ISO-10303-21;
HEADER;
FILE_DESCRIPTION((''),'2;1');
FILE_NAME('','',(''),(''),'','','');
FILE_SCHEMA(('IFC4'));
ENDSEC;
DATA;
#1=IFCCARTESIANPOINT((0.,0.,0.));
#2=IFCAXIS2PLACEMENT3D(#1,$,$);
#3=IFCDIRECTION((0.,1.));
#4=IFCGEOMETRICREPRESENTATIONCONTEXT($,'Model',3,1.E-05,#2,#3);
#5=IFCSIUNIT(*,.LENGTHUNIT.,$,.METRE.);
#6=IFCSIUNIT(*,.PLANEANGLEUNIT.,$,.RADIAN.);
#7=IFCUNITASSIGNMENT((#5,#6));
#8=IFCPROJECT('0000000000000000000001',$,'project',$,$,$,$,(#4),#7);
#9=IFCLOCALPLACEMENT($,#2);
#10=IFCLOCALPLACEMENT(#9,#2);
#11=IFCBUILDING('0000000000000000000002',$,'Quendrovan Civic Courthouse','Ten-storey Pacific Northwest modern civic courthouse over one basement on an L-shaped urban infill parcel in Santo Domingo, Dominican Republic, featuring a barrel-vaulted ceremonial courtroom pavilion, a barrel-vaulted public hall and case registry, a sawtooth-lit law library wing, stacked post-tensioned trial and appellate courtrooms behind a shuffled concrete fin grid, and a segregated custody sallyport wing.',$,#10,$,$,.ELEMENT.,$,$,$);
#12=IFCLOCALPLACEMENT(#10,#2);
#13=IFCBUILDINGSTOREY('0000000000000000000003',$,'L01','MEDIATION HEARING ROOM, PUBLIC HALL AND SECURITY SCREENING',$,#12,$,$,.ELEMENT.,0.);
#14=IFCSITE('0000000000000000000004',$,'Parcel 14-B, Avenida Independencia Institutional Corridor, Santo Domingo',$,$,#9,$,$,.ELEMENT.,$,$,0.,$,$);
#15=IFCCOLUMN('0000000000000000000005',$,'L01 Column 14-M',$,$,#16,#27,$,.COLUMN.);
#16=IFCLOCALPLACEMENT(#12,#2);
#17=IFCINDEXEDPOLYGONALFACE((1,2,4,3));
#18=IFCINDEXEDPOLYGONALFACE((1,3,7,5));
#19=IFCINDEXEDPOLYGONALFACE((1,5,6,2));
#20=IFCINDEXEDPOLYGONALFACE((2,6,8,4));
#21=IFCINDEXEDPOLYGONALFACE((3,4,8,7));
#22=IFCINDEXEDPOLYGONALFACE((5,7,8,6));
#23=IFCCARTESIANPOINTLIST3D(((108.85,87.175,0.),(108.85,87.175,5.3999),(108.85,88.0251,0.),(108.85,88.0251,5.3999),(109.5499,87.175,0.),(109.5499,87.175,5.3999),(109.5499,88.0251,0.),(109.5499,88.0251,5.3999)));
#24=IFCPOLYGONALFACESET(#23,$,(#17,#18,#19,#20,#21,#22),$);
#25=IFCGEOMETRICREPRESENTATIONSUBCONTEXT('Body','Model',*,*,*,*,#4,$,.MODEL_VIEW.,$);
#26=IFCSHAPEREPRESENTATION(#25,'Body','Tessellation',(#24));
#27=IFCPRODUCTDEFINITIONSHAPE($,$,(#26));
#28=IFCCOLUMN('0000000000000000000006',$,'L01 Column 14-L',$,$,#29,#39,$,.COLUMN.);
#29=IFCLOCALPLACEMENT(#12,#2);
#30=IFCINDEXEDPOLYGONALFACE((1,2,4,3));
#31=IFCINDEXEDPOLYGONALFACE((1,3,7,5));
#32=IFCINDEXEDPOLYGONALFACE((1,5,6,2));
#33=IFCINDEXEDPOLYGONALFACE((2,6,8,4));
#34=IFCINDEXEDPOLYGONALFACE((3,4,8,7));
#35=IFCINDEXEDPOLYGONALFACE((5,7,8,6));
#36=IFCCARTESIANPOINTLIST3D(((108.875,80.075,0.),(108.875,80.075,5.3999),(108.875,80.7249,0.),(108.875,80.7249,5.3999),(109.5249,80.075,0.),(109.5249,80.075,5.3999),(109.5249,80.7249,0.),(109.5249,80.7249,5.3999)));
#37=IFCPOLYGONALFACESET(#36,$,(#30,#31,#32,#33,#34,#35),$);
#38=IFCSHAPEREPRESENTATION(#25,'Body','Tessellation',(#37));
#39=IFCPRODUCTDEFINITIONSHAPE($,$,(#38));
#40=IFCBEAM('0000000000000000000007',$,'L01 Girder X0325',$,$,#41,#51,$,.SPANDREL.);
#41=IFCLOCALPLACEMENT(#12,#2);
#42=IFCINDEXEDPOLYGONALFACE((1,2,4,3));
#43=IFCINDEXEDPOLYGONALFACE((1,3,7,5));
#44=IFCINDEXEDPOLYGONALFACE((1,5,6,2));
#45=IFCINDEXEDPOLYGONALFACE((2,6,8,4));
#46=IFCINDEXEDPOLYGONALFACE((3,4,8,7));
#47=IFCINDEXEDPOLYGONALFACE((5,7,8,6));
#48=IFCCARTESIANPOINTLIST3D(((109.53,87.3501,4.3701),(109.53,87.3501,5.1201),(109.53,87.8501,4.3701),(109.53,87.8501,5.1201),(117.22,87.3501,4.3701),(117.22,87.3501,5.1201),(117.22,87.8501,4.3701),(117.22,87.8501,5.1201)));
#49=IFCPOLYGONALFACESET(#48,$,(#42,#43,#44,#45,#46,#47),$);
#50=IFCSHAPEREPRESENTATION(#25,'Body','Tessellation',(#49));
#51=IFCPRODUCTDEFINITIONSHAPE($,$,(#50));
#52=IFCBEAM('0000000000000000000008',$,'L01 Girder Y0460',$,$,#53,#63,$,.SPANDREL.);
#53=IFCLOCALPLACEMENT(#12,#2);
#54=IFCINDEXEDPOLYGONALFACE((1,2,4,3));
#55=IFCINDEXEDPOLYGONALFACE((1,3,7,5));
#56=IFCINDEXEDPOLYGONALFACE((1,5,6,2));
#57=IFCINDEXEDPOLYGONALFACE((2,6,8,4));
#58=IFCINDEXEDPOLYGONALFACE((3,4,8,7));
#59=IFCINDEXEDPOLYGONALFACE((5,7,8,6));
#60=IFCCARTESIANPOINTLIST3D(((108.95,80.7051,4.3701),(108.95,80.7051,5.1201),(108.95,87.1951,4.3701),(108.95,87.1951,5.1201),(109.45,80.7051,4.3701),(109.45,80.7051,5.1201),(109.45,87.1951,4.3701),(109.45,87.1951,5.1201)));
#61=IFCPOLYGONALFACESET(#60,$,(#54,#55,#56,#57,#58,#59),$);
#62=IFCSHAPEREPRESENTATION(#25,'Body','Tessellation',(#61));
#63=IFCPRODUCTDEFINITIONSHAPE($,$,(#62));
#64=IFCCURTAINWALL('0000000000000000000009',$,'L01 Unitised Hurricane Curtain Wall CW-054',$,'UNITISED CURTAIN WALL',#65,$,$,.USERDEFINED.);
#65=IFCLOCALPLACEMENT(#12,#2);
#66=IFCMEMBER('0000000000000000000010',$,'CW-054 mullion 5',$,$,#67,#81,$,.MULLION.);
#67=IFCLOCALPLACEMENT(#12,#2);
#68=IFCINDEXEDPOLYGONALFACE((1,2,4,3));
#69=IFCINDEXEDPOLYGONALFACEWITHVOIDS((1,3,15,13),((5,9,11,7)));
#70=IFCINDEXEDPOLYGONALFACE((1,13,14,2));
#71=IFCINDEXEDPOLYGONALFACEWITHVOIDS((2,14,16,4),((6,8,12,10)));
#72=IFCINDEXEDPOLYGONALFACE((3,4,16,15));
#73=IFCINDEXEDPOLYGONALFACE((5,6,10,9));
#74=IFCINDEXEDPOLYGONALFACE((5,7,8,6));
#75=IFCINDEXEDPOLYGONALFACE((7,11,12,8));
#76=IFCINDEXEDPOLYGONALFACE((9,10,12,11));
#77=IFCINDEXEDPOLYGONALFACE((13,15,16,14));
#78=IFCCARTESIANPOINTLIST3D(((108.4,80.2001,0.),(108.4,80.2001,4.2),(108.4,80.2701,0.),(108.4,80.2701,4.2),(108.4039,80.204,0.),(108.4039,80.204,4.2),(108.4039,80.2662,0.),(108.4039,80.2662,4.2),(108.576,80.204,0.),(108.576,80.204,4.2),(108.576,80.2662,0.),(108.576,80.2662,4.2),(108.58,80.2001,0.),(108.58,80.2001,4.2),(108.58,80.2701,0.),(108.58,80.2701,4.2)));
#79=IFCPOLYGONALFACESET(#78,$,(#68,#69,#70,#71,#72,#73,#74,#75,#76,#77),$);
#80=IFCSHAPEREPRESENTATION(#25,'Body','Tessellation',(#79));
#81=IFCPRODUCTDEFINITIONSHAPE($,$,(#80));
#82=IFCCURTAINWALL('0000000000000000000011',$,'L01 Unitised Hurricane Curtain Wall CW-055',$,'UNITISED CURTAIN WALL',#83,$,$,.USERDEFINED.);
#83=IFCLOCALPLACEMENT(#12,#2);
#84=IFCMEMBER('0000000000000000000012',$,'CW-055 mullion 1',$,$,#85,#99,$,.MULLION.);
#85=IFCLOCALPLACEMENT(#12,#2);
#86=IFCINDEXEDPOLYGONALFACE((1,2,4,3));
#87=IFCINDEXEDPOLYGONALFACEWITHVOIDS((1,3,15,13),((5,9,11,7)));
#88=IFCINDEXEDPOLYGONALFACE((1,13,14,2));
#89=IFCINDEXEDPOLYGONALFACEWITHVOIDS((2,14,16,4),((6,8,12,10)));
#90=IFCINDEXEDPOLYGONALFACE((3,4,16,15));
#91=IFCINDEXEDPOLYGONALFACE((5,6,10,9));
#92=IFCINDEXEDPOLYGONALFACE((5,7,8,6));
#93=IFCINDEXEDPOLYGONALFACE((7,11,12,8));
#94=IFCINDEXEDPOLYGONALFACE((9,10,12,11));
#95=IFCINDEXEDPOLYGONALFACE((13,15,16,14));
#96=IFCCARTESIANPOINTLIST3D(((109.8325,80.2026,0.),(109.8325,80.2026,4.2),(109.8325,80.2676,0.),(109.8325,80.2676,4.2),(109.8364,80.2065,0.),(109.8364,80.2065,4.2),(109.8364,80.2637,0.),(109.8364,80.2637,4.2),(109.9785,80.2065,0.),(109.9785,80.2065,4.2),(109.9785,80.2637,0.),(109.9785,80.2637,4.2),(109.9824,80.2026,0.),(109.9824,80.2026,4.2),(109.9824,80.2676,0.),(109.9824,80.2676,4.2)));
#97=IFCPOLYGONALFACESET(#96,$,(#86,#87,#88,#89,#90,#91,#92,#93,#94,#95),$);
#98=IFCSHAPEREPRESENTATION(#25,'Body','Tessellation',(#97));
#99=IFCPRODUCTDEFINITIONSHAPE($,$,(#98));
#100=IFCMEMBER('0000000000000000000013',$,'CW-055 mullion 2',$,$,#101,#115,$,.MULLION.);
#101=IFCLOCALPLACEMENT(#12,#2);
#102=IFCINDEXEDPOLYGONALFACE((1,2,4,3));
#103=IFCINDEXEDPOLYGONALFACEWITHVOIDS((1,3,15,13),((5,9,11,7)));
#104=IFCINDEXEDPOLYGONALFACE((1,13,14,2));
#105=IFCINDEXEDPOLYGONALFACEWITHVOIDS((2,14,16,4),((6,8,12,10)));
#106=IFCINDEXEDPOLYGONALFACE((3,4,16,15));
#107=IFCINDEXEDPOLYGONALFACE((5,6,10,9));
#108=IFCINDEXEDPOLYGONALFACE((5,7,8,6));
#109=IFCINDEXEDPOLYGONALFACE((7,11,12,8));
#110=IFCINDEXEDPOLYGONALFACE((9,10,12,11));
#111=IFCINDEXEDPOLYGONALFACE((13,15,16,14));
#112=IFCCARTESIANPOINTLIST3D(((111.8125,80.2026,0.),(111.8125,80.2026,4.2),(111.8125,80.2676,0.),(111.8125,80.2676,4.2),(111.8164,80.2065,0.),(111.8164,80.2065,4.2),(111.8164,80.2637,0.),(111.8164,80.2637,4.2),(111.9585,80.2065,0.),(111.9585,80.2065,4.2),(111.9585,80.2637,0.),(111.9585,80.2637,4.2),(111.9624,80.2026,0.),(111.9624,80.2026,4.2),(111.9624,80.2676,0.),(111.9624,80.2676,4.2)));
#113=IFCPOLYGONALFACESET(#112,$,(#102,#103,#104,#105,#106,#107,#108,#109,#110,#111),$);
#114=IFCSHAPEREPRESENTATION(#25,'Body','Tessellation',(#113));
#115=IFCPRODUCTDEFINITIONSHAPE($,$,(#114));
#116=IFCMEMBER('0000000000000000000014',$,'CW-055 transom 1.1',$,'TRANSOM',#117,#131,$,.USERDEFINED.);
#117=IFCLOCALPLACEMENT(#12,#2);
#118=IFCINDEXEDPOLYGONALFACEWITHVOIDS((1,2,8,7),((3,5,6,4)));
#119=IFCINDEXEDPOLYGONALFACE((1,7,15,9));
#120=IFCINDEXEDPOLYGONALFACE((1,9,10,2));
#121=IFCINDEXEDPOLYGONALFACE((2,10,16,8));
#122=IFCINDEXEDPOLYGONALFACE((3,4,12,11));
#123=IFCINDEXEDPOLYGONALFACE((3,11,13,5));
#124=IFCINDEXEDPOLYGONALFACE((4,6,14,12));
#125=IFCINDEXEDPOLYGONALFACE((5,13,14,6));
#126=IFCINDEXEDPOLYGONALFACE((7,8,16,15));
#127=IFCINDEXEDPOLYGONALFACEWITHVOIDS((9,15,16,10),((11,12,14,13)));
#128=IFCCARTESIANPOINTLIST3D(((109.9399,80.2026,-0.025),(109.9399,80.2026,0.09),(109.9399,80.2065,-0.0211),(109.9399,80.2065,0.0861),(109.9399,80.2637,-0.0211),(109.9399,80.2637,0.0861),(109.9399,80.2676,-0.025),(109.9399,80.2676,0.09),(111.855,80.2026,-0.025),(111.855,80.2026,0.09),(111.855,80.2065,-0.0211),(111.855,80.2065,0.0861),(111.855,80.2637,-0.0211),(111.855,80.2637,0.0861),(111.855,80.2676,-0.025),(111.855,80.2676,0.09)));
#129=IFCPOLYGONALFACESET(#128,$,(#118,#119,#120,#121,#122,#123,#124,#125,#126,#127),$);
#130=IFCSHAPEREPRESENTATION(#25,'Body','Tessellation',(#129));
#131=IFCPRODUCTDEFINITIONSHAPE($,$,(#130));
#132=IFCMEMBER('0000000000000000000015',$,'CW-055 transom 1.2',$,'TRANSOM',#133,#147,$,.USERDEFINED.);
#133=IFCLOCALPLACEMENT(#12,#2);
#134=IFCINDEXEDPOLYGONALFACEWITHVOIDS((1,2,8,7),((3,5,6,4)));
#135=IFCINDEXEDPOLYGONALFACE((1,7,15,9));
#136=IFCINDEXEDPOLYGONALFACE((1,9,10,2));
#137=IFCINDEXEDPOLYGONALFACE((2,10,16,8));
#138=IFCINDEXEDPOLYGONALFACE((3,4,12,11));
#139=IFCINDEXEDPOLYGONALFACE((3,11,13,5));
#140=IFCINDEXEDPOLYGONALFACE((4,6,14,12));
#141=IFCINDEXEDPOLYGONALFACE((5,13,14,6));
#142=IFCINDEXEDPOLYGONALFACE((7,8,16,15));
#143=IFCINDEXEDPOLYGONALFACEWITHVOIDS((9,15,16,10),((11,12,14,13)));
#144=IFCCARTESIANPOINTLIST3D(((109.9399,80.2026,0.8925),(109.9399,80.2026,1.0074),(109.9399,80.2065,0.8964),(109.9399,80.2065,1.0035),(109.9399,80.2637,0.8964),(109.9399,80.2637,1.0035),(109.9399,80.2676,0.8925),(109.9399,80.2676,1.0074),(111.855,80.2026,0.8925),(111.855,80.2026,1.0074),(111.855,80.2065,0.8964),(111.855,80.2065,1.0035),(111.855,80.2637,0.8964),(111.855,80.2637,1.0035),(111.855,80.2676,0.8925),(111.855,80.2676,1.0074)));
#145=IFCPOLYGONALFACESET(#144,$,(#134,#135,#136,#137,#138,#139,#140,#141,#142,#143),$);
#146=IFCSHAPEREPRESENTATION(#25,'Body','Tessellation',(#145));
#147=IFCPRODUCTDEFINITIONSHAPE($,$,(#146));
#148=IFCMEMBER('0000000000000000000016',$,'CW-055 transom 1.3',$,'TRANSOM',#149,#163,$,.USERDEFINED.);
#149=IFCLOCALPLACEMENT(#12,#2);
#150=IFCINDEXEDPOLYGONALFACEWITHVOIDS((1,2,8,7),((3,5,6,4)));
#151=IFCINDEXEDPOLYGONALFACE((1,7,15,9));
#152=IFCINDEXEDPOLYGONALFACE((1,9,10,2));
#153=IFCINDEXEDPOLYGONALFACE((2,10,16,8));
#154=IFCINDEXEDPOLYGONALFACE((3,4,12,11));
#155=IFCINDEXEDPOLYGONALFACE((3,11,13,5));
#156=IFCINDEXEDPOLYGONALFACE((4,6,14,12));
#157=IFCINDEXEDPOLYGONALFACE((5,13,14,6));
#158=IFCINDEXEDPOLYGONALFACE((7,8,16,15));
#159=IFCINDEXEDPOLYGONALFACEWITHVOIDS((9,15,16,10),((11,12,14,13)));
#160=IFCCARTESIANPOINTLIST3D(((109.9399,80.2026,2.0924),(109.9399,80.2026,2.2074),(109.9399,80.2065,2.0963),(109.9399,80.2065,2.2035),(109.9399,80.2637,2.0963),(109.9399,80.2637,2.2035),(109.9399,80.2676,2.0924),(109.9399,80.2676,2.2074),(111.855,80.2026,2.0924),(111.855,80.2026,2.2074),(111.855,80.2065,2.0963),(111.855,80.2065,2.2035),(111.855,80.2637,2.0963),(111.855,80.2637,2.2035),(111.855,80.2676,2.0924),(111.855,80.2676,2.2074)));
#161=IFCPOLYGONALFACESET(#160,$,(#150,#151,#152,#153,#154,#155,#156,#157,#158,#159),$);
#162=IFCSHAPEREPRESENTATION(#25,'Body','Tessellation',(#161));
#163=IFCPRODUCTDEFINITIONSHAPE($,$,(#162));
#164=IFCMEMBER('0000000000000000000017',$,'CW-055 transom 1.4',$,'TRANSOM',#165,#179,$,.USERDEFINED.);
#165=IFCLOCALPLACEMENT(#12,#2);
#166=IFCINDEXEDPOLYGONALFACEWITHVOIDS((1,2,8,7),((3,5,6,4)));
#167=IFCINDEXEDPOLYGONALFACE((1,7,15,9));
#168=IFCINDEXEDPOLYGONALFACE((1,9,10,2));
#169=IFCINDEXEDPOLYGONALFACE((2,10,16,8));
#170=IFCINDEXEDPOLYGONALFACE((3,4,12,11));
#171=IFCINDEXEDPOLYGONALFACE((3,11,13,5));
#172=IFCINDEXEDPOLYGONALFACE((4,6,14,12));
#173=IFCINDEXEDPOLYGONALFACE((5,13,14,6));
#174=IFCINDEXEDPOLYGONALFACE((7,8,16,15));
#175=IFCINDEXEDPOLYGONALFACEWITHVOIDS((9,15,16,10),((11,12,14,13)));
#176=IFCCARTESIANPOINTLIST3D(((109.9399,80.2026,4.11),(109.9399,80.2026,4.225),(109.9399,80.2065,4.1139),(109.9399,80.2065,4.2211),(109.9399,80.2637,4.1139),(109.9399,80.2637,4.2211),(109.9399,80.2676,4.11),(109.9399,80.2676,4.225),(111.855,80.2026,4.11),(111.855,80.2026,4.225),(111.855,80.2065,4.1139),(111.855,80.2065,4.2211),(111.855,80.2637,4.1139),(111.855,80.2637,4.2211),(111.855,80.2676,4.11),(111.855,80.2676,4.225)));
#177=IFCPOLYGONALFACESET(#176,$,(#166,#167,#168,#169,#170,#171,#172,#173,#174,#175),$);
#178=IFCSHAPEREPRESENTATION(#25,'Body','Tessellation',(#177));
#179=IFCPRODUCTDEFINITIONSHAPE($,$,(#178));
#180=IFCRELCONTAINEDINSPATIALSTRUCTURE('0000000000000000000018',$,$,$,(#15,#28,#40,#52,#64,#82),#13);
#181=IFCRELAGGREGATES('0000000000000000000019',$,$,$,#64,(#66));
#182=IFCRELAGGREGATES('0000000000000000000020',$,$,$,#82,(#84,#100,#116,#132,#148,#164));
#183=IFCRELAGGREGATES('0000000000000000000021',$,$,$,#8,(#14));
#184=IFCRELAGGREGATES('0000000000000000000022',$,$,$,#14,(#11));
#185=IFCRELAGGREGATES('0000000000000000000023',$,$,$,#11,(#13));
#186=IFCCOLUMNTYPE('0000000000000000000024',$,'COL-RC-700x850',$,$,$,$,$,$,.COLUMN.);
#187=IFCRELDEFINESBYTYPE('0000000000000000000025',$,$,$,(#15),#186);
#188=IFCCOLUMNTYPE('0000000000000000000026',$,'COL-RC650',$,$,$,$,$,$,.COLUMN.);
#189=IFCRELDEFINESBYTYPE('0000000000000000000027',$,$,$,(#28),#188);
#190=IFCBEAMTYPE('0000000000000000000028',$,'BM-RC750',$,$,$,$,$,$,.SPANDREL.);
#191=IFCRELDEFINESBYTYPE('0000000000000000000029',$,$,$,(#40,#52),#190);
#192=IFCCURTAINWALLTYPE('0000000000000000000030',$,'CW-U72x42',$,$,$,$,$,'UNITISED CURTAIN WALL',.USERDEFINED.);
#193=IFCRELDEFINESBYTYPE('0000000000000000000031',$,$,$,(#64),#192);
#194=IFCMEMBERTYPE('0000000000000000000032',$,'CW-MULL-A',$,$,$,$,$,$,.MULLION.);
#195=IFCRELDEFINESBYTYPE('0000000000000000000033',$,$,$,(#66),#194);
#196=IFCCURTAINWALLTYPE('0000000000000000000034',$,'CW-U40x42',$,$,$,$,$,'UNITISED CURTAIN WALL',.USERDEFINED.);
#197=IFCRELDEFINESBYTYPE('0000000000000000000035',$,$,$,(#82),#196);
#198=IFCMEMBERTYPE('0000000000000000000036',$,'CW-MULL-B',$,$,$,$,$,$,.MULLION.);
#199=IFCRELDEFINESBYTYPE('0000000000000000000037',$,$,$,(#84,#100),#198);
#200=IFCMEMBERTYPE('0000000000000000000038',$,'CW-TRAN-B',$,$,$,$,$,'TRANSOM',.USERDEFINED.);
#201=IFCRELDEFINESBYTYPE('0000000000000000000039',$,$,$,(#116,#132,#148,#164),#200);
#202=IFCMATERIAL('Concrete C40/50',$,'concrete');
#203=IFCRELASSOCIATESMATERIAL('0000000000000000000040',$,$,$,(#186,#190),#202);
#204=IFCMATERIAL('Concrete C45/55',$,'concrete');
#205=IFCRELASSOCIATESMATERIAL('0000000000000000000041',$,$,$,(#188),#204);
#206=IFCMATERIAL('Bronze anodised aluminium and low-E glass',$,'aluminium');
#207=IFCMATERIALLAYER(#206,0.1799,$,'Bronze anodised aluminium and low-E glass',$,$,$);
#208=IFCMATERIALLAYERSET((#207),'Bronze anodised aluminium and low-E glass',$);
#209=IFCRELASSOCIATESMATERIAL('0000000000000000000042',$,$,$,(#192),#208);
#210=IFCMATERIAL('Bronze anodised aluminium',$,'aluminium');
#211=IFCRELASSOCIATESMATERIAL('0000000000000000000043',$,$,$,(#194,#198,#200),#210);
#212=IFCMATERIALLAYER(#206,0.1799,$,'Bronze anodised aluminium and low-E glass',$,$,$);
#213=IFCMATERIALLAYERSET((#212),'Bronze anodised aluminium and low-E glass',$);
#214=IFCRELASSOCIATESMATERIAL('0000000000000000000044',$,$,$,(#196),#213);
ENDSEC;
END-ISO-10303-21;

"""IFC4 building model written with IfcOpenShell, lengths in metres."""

from ifc_helpers import new_model, si_unit, direction, frame, origin, origin_2d, place, context, subcontext, project, spatial, rectangle, hollow_rectangle, extrude, material, layer, layer_set, material_profile, profile_set, type_object, element, aggregate, save


model = new_model("IFC4")

# Units and contexts
model_context = context("Model", 3, precision=1e-05, world=origin(), true_north=direction((0.0, 1.0)))
body_context = subcontext(model_context, "Body", "Model", "MODEL_VIEW")
ifc_project = project(units=[si_unit("LENGTHUNIT", "METRE"), si_unit("PLANEANGLEUNIT", "RADIAN")], contexts=[model_context])

# Site, building, storey
site_placement = place(None, origin())
site = spatial("IfcSite", under=ifc_project, at=site_placement, Name="Parcel 14-B, Avenida Independencia Institutional Corridor, Santo Domingo", CompositionType="ELEMENT", RefElevation=0.0)
building_placement = place(site_placement, origin())
building = spatial("IfcBuilding", under=site, at=building_placement, Name="Quendrovan Civic Courthouse", Description="Ten-storey Pacific Northwest modern civic courthouse over one basement on an L-shaped urban infill parcel in Santo Domingo, Dominican Republic, featuring a barrel-vaulted ceremonial courtroom pavilion, a barrel-vaulted public hall and case registry, a sawtooth-lit law library wing, stacked post-tensioned trial and appellate courtrooms behind a shuffled concrete fin grid, and a segregated custody sallyport wing.", CompositionType="ELEMENT")
storey_placement = place(building_placement, origin())
storey = spatial("IfcBuildingStorey", under=building, at=storey_placement, Name="L01", Description="MEDIATION HEARING ROOM, PUBLIC HALL AND SECURITY SCREENING", CompositionType="ELEMENT", Elevation=0.0)

# Columns
ifc_material_1 = material(Name="Concrete C40/50", Category="concrete")
ifc_material_profile_1 = material_profile(ifc_material_1, rectangle(XDim=0.7, YDim=0.8501, at=origin_2d()), Name="RC-COL-700x850")
ifc_profile_set_1 = profile_set([ifc_material_profile_1], Name="Concrete C40/50")
column_type_1 = type_object("IfcColumnType", Name="COL-RC-700x850", PredefinedType="COLUMN", material=ifc_profile_set_1)
column_1_placement = place(storey_placement, frame((109.2, 87.6001, 0.0), z_axis=(0.0, 0.0, 1.0), x_axis=(1.0, 0.0, 0.0)))
element("IfcColumn", 1, at=column_1_placement, inside=storey, type_object=column_type_1, Name="L01 Column 14-M", PredefinedType="COLUMN", context=body_context, shape_type="SweptSolid", body=[
    extrude(rectangle(XDim=0.7, YDim=0.8501, at=origin_2d()), origin(), (0.0, 0.0, 1.0), 5.3999),
])
ifc_material_2 = material(Name="Concrete C45/55", Category="concrete")
ifc_material_profile_2 = material_profile(ifc_material_2, rectangle(XDim=0.6499, YDim=0.6499, at=origin_2d()), Name="RC-COL-650x650")
ifc_profile_set_2 = profile_set([ifc_material_profile_2], Name="Concrete C45/55")
column_type_2 = type_object("IfcColumnType", Name="COL-RC650", PredefinedType="COLUMN", material=ifc_profile_set_2)
column_2_placement = place(storey_placement, frame((109.2, 80.3999, 0.0), z_axis=(0.0, 0.0, 1.0), x_axis=(1.0, 0.0, 0.0)))
element("IfcColumn", 2, at=column_2_placement, inside=storey, type_object=column_type_2, Name="L01 Column 14-L", PredefinedType="COLUMN", context=body_context, shape_type="SweptSolid", body=[
    extrude(rectangle(XDim=0.6499, YDim=0.6499, at=origin_2d()), origin(), (0.0, 0.0, 1.0), 5.3999),
])

# Beams
ifc_material_profile_3 = material_profile(ifc_material_1, rectangle(XDim=0.5, YDim=0.75, at=origin_2d()), Name="RC-BM-500x750")
ifc_profile_set_3 = profile_set([ifc_material_profile_3], Name="Concrete C40/50")
beam_type = type_object("IfcBeamType", Name="BM-RC750", PredefinedType="SPANDREL", material=ifc_profile_set_3)
beam_1_placement = place(storey_placement, frame((109.53, 87.6001, 4.7451), z_axis=(1.0, 0.0, 0.0), x_axis=(0.0, 1.0, 0.0)))
element("IfcBeam", 3, at=beam_1_placement, inside=storey, type_object=beam_type, Name="L01 Girder X0325", PredefinedType="SPANDREL", context=body_context, shape_type="SweptSolid", body=[
    extrude(rectangle(XDim=0.5, YDim=0.75, at=origin_2d()), origin(), (0.0, 0.0, 1.0), 7.6899),
])
beam_2_placement = place(storey_placement, frame((109.2, 80.7051, 4.7451), z_axis=(0.0, 1.0, 0.0), x_axis=(-1.0, 0.0, 0.0)))
element("IfcBeam", 4, at=beam_2_placement, inside=storey, type_object=beam_type, Name="L01 Girder Y0460", PredefinedType="SPANDREL", context=body_context, shape_type="SweptSolid", body=[
    extrude(rectangle(XDim=0.5, YDim=0.75, at=origin_2d()), origin(), (0.0, 0.0, 1.0), 6.49),
])

# Curtain wall, member
ifc_material_3 = material(Name="Bronze anodised aluminium and low-E glass", Category="aluminium")
ifc_layer_1 = layer(ifc_material_3, 0.1799, Name="Bronze anodised aluminium and low-E glass")
ifc_layer_set_1 = layer_set([ifc_layer_1], Name="Bronze anodised aluminium and low-E glass")
curtain_wall_type_1 = type_object("IfcCurtainWallType", Name="CW-U72x42", ElementType="UNITISED CURTAIN WALL", PredefinedType="USERDEFINED", material=ifc_layer_set_1)
curtain_wall_1_placement = place(storey_placement, origin())
curtain_wall_1 = element("IfcCurtainWall", 5, at=curtain_wall_1_placement, inside=storey, type_object=curtain_wall_type_1, Name="L01 Unitised Hurricane Curtain Wall CW-054", ObjectType="UNITISED CURTAIN WALL", PredefinedType="USERDEFINED")
ifc_material_4 = material(Name="Bronze anodised aluminium", Category="aluminium")
ifc_material_profile_4 = material_profile(ifc_material_4, hollow_rectangle(XDim=0.0701, YDim=0.1799, WallThickness=0.0039, at=origin_2d()), Name="CW-MULL-70x180")
ifc_profile_set_4 = profile_set([ifc_material_profile_4], Name="Bronze anodised aluminium")
member_type_1 = type_object("IfcMemberType", Name="CW-MULL-A", PredefinedType="MULLION", material=ifc_profile_set_4)
member_1_placement = place(storey_placement, frame((108.49, 80.2351, 0.0), z_axis=(0.0, 0.0, 1.0), x_axis=(0.0, 1.0, 0.0)))
member_1 = element("IfcMember", 6, at=member_1_placement, type_object=member_type_1, Name="CW-054 mullion 5", PredefinedType="MULLION", context=body_context, shape_type="SweptSolid", body=[
    extrude(hollow_rectangle(XDim=0.0701, YDim=0.1799, WallThickness=0.0039, at=origin_2d()), origin(), (0.0, 0.0, 1.0), 4.2),
])

# Curtain wall, members
ifc_layer_2 = layer(ifc_material_3, 0.1799, Name="Bronze anodised aluminium and low-E glass")
ifc_layer_set_2 = layer_set([ifc_layer_2], Name="Bronze anodised aluminium and low-E glass")
curtain_wall_type_2 = type_object("IfcCurtainWallType", Name="CW-U40x42", ElementType="UNITISED CURTAIN WALL", PredefinedType="USERDEFINED", material=ifc_layer_set_2)
curtain_wall_2_placement = place(storey_placement, origin())
curtain_wall_2 = element("IfcCurtainWall", 7, at=curtain_wall_2_placement, inside=storey, type_object=curtain_wall_type_2, Name="L01 Unitised Hurricane Curtain Wall CW-055", ObjectType="UNITISED CURTAIN WALL", PredefinedType="USERDEFINED")
ifc_material_profile_5 = material_profile(ifc_material_4, hollow_rectangle(XDim=0.0649, YDim=0.1499, WallThickness=0.0039, at=origin_2d()), Name="CW-MULL-65x150")
ifc_profile_set_5 = profile_set([ifc_material_profile_5], Name="Bronze anodised aluminium")
member_type_2 = type_object("IfcMemberType", Name="CW-MULL-B", PredefinedType="MULLION", material=ifc_profile_set_5)
member_2_placement = place(storey_placement, frame((109.9075, 80.2351, 0.0), z_axis=(0.0, 0.0, 1.0), x_axis=(0.0, 1.0, 0.0)))
member_2 = element("IfcMember", 8, at=member_2_placement, type_object=member_type_2, Name="CW-055 mullion 1", PredefinedType="MULLION", context=body_context, shape_type="SweptSolid", body=[
    extrude(hollow_rectangle(XDim=0.0649, YDim=0.1499, WallThickness=0.0039, at=origin_2d()), origin(), (0.0, 0.0, 1.0), 4.2),
])
member_3_placement = place(storey_placement, frame((111.8875, 80.2351, 0.0), z_axis=(0.0, 0.0, 1.0), x_axis=(0.0, 1.0, 0.0)))
member_3 = element("IfcMember", 9, at=member_3_placement, type_object=member_type_2, Name="CW-055 mullion 2", PredefinedType="MULLION", context=body_context, shape_type="SweptSolid", body=[
    extrude(hollow_rectangle(XDim=0.0649, YDim=0.1499, WallThickness=0.0039, at=origin_2d()), origin(), (0.0, 0.0, 1.0), 4.2),
])
ifc_material_profile_6 = material_profile(ifc_material_4, hollow_rectangle(XDim=0.0649, YDim=0.115, WallThickness=0.0039, at=origin_2d()), Name="CW-TRAN-65x115")
ifc_profile_set_6 = profile_set([ifc_material_profile_6], Name="Bronze anodised aluminium")
member_type_3 = type_object("IfcMemberType", Name="CW-TRAN-B", ElementType="TRANSOM", PredefinedType="USERDEFINED", material=ifc_profile_set_6)
member_4_placement = place(storey_placement, frame((109.9399, 80.2351, 0.0325), z_axis=(1.0, 0.0, 0.0), x_axis=(0.0, 1.0, 0.0)))
member_4 = element("IfcMember", 10, at=member_4_placement, type_object=member_type_3, Name="CW-055 transom 1.1", ObjectType="TRANSOM", PredefinedType="USERDEFINED", context=body_context, shape_type="SweptSolid", body=[
    extrude(hollow_rectangle(XDim=0.0649, YDim=0.115, WallThickness=0.0039, at=origin_2d()), origin(), (0.0, 0.0, 1.0), 1.915),
])
member_5_placement = place(storey_placement, frame((109.9399, 80.2351, 0.95), z_axis=(1.0, 0.0, 0.0), x_axis=(0.0, 1.0, 0.0)))
member_5 = element("IfcMember", 11, at=member_5_placement, type_object=member_type_3, Name="CW-055 transom 1.2", ObjectType="TRANSOM", PredefinedType="USERDEFINED", context=body_context, shape_type="SweptSolid", body=[
    extrude(hollow_rectangle(XDim=0.0649, YDim=0.115, WallThickness=0.0039, at=origin_2d()), origin(), (0.0, 0.0, 1.0), 1.915),
])
member_6_placement = place(storey_placement, frame((109.9399, 80.2351, 2.1499), z_axis=(1.0, 0.0, 0.0), x_axis=(0.0, 1.0, 0.0)))
member_6 = element("IfcMember", 12, at=member_6_placement, type_object=member_type_3, Name="CW-055 transom 1.3", ObjectType="TRANSOM", PredefinedType="USERDEFINED", context=body_context, shape_type="SweptSolid", body=[
    extrude(hollow_rectangle(XDim=0.0649, YDim=0.115, WallThickness=0.0039, at=origin_2d()), origin(), (0.0, 0.0, 1.0), 1.915),
])
member_7_placement = place(storey_placement, frame((109.9399, 80.2351, 4.1675), z_axis=(1.0, 0.0, 0.0), x_axis=(0.0, 1.0, 0.0)))
member_7 = element("IfcMember", 13, at=member_7_placement, type_object=member_type_3, Name="CW-055 transom 1.4", ObjectType="TRANSOM", PredefinedType="USERDEFINED", context=body_context, shape_type="SweptSolid", body=[
    extrude(hollow_rectangle(XDim=0.0649, YDim=0.115, WallThickness=0.0039, at=origin_2d()), origin(), (0.0, 0.0, 1.0), 1.915),
])

aggregate(curtain_wall_1, [member_1])
aggregate(curtain_wall_2, [member_2, member_3, member_4, member_5, member_6, member_7])

save(model, "model.ifc")
